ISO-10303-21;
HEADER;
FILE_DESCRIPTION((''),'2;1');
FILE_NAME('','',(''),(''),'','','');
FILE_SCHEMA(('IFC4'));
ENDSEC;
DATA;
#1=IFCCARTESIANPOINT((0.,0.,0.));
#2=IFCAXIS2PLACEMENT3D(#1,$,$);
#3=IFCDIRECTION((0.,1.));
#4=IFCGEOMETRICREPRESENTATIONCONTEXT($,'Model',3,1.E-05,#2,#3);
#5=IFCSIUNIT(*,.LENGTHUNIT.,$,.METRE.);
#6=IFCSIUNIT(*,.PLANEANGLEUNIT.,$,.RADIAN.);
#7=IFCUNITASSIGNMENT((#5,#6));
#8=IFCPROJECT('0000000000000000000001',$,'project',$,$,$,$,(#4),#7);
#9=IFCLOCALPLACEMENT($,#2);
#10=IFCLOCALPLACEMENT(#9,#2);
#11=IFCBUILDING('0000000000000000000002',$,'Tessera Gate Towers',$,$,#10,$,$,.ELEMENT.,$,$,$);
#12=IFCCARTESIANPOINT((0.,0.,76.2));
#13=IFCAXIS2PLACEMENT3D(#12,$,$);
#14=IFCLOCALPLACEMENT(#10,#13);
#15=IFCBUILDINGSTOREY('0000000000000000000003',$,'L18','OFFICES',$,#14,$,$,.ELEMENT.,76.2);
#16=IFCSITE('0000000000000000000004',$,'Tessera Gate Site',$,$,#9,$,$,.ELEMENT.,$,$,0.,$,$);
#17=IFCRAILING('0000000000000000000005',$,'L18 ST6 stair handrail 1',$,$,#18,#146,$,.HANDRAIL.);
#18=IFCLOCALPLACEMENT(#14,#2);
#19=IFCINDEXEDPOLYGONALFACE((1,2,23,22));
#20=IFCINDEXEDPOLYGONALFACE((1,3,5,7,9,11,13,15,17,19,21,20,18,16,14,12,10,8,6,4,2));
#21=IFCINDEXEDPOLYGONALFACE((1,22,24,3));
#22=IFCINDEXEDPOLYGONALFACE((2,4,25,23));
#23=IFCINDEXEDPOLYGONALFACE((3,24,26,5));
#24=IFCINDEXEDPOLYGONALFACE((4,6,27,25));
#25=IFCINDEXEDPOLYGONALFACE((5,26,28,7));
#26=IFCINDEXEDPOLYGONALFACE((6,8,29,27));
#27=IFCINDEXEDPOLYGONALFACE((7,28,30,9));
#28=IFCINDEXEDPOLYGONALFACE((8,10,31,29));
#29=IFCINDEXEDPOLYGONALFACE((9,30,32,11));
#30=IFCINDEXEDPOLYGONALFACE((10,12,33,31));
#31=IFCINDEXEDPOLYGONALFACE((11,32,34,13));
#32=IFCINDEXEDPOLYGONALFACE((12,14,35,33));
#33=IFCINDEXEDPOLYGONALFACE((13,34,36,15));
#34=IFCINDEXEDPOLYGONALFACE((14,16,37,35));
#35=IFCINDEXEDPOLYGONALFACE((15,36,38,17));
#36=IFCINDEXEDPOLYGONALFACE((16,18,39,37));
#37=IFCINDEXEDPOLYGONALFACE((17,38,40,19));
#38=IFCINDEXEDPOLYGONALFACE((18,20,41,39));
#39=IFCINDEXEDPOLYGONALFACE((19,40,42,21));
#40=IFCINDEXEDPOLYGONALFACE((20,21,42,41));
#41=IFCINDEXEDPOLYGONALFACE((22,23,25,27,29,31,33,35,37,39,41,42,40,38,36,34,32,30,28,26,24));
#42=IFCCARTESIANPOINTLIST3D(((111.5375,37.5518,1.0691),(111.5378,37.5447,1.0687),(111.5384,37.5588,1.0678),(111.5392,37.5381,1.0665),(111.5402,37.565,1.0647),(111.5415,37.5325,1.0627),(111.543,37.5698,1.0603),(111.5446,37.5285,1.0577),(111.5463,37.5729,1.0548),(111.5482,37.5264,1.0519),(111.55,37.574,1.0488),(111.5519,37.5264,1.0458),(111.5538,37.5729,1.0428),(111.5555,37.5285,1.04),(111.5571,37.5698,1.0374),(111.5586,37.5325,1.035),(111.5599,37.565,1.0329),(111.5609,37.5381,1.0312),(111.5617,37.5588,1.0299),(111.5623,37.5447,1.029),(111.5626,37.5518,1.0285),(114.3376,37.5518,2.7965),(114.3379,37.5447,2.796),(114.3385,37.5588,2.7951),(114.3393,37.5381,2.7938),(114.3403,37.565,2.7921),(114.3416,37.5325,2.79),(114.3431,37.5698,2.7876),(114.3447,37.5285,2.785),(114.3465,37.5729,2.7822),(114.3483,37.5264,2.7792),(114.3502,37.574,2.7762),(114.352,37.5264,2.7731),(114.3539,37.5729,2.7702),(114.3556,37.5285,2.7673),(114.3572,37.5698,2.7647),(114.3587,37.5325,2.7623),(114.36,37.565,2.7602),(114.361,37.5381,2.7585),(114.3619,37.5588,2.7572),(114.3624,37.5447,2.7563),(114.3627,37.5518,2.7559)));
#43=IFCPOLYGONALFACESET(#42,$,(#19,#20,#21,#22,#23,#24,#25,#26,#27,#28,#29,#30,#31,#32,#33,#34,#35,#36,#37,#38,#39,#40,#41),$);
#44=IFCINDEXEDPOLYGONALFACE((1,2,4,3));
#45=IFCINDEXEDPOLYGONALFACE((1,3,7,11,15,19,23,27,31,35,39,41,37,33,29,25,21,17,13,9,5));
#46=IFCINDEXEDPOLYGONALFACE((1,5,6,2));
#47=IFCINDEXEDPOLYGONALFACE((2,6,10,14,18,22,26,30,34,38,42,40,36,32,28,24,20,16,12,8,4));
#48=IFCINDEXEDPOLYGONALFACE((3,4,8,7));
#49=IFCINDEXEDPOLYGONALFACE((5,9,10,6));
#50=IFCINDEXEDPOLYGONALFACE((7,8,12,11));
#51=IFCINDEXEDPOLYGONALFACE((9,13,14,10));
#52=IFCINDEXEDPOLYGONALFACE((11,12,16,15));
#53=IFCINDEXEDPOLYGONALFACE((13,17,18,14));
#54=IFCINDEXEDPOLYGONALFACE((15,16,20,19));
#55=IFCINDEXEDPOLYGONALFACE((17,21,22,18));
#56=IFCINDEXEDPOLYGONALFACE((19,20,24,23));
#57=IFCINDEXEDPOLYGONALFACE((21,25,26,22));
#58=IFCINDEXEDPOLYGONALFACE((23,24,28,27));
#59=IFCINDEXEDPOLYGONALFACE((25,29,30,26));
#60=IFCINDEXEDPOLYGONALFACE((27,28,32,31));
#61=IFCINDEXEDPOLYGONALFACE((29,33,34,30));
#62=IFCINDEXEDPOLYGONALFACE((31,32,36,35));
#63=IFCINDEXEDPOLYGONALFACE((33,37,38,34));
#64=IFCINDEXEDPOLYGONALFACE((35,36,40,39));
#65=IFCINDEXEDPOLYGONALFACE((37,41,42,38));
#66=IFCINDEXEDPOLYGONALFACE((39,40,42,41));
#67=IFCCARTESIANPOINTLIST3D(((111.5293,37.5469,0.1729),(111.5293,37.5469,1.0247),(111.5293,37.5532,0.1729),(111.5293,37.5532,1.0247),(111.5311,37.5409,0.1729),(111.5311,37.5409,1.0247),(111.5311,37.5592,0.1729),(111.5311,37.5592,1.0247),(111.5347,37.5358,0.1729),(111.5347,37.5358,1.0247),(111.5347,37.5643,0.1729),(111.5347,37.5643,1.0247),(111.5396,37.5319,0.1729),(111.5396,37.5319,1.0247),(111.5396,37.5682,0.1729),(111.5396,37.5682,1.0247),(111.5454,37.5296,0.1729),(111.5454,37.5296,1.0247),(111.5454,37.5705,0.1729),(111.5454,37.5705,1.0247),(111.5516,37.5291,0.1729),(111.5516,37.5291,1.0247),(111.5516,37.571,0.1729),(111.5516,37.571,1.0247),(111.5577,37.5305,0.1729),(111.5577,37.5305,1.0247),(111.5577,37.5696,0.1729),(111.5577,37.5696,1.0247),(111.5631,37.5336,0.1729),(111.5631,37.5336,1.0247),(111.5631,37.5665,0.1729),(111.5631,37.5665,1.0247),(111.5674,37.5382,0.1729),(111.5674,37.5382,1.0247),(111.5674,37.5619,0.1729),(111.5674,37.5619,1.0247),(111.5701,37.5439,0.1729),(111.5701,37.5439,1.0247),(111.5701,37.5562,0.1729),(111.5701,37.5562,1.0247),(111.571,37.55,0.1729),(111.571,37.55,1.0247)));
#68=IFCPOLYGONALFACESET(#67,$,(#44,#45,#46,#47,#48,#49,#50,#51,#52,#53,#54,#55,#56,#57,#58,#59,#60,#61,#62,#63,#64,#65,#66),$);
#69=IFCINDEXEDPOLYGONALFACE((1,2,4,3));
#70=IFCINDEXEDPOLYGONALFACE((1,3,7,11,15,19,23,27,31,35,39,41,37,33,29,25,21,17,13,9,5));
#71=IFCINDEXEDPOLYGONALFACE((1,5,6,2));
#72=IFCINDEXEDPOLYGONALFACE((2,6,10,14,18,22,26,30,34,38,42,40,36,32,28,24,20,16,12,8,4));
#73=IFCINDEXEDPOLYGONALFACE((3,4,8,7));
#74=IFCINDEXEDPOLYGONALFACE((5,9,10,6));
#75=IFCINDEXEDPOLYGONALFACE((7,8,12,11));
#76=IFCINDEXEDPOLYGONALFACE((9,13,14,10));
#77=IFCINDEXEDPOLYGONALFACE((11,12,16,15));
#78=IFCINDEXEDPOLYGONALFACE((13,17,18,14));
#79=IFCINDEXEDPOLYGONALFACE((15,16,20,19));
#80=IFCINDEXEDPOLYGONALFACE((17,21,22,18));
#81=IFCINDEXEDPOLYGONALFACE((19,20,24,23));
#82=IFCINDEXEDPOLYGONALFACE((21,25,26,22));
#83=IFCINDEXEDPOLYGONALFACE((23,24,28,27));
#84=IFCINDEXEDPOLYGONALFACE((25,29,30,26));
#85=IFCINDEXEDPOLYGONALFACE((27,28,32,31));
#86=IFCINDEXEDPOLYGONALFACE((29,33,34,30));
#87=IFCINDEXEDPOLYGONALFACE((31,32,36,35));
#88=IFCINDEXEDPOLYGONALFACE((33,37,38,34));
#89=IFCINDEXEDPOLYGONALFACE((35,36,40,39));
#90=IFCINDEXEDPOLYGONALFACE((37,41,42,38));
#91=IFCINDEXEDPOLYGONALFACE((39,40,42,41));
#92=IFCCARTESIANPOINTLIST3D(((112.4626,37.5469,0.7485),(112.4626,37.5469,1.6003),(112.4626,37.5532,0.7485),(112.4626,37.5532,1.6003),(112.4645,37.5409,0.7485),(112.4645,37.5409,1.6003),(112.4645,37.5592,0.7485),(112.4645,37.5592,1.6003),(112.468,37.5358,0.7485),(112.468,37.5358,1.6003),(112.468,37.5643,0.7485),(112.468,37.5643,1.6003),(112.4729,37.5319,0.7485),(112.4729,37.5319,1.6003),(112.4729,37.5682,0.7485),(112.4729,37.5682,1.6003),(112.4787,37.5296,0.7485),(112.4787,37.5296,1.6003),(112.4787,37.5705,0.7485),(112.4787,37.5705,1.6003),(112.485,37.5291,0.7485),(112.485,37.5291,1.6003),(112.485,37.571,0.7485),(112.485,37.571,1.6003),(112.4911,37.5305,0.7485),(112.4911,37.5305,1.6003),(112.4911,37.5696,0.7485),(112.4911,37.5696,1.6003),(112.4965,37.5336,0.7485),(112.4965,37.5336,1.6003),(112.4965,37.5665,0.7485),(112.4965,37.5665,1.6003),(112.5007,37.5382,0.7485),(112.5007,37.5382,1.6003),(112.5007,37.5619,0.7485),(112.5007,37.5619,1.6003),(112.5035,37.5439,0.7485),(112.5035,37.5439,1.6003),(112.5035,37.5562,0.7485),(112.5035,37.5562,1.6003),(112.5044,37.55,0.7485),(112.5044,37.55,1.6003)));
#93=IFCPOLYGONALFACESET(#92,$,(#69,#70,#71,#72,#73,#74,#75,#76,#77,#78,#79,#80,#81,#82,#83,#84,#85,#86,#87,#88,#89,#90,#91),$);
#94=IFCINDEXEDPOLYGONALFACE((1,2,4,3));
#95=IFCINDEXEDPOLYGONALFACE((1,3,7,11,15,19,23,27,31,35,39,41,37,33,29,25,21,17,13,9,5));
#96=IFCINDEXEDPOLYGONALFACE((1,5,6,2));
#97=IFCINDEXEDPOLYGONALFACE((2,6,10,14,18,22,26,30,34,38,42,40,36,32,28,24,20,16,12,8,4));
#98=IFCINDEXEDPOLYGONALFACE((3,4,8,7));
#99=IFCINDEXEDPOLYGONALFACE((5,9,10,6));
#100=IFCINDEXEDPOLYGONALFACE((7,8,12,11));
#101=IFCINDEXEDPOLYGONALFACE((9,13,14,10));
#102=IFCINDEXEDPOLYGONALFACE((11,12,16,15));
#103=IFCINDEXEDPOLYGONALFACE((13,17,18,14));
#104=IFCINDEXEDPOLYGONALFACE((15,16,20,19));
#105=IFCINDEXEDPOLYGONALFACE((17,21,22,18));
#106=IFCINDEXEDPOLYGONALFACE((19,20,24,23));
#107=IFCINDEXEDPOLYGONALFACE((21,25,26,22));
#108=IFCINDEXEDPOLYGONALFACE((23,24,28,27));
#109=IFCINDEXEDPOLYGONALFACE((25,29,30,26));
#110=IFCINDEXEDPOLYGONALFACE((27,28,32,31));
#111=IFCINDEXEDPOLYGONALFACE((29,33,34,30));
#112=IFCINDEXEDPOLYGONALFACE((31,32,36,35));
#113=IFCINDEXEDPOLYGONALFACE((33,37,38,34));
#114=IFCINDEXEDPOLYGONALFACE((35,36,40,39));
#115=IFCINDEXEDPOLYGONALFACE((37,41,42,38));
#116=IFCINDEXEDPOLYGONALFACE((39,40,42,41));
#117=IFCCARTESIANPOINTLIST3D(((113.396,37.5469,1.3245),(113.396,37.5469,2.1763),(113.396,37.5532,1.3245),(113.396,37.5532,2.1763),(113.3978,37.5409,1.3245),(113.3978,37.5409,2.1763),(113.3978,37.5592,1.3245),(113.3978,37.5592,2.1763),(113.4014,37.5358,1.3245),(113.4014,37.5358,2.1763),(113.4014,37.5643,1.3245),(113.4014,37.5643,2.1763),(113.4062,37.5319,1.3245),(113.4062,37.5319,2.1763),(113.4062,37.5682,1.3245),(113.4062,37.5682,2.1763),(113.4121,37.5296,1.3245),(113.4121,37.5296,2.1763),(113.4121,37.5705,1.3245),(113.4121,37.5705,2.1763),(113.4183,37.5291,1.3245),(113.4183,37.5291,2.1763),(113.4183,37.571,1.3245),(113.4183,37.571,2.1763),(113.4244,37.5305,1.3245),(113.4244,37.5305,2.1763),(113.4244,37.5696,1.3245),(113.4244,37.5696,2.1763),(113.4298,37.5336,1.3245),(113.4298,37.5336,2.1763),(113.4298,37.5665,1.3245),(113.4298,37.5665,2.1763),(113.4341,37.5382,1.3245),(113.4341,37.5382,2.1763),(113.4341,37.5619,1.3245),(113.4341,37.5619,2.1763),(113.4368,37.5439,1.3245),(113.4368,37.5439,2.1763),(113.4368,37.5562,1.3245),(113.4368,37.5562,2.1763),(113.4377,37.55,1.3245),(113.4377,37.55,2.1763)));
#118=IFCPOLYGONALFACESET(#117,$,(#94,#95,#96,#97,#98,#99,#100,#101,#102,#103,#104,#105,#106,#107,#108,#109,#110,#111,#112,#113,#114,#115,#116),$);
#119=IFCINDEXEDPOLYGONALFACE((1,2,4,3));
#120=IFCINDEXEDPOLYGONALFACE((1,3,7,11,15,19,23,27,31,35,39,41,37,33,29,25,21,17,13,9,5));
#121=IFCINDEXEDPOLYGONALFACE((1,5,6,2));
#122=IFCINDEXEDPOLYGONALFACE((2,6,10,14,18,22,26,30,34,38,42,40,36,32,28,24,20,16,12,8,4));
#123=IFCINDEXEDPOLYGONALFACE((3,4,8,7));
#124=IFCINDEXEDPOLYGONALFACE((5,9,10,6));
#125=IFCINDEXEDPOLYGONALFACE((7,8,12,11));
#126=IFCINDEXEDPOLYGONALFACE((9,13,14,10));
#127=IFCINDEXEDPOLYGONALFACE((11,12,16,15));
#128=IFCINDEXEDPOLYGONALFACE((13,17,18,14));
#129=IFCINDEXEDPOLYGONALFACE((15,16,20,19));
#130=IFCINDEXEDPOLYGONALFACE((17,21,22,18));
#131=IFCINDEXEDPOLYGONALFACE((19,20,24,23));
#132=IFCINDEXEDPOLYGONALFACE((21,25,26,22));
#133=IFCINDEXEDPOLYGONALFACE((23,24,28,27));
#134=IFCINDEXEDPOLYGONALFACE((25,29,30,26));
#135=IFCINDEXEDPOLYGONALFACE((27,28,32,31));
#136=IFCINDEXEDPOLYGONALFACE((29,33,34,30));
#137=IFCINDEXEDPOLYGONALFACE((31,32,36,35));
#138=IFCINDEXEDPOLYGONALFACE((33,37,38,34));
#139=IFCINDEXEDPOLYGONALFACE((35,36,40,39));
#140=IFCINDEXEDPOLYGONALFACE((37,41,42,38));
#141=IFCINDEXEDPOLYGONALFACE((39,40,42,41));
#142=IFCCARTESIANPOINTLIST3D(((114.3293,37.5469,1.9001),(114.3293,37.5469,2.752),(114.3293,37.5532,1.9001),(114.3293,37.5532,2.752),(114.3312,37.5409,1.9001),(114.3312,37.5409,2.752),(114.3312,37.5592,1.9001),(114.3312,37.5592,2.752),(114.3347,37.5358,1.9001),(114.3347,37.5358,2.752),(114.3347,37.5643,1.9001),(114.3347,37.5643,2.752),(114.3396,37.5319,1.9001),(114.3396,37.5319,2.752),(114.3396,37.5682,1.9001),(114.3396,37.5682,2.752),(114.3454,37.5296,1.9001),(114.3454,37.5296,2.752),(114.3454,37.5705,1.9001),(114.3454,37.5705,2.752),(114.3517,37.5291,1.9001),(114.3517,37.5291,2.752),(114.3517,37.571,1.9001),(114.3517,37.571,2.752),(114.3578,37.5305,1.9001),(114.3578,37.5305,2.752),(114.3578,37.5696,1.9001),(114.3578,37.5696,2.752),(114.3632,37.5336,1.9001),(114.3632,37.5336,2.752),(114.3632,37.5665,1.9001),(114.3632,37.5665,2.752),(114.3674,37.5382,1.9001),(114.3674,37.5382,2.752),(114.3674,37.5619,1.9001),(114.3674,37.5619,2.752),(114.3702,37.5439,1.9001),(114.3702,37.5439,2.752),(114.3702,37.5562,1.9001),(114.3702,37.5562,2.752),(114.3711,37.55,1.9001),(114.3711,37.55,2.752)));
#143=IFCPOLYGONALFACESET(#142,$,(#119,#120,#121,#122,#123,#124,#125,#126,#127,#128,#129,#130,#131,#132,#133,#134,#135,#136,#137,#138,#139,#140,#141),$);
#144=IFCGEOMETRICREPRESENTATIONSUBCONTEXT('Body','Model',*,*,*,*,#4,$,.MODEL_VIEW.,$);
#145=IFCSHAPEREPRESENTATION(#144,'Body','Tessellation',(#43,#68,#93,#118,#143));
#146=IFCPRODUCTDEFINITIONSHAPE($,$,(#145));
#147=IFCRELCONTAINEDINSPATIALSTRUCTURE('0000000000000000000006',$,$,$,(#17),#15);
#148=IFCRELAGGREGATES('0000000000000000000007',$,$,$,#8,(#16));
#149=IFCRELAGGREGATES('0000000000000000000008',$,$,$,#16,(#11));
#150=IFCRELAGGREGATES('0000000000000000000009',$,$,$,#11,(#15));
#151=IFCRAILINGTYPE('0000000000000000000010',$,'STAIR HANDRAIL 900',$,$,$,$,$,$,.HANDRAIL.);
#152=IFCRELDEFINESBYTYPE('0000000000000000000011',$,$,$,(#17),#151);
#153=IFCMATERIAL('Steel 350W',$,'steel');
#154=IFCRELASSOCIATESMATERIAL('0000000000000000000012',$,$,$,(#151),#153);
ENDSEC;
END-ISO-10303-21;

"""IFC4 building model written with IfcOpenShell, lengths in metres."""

from ifc_helpers import new_model, si_unit, direction, frame, origin, origin_2d, place, context, subcontext, project, spatial, circle, extrude, material, type_object, element, save


model = new_model("IFC4")

# Units and contexts
model_context = context("Model", 3, precision=1e-05, world=origin(), true_north=direction((0.0, 1.0)))
body_context = subcontext(model_context, "Body", "Model", "MODEL_VIEW")
ifc_project = project(units=[si_unit("LENGTHUNIT", "METRE"), si_unit("PLANEANGLEUNIT", "RADIAN")], contexts=[model_context])

# Site, building, storey
site_placement = place(None, origin())
site = spatial("IfcSite", under=ifc_project, at=site_placement, Name="Tessera Gate Site", CompositionType="ELEMENT", RefElevation=0.0)
building_placement = place(site_placement, origin())
building = spatial("IfcBuilding", under=site, at=building_placement, Name="Tessera Gate Towers", CompositionType="ELEMENT")
storey_placement = place(building_placement, frame((0.0, 0.0, 76.2)))
storey = spatial("IfcBuildingStorey", under=building, at=storey_placement, Name="L18", Description="OFFICES", CompositionType="ELEMENT", Elevation=76.2)

# Railing
ifc_material_1 = material(Name="Steel 350W", Category="steel")
railing_type_1 = type_object("IfcRailingType", Name="STAIR HANDRAIL 900", PredefinedType="HANDRAIL", material=ifc_material_1)
railing_1_placement = place(storey_placement, frame((111.55, 37.55, 0.1729)))
element("IfcRailing", 1, at=railing_1_placement, inside=storey, type_object=railing_type_1, Name="L18 ST6 stair handrail 1", PredefinedType="HANDRAIL", context=body_context, shape_type="SweptSolid", body=[
    extrude(circle(Radius=0.0239, at=origin_2d()), frame((0.0, 0.0, 0.876), z_axis=(0.85109, 0.0, 0.52502), x_axis=(0.0, 1.0, 0.0)), (0.0, 0.0, 1.0), 3.29),
    extrude(circle(Radius=0.021, at=origin_2d()), origin(), (0.0, 0.0, 1.0), 0.8518),
    extrude(circle(Radius=0.021, at=origin_2d()), frame((0.9333, 0.0, 0.5757)), (0.0, 0.0, 1.0), 0.8518),
    extrude(circle(Radius=0.021, at=origin_2d()), frame((1.8667, 0.0, 1.1516)), (0.0, 0.0, 1.0), 0.8518),
    extrude(circle(Radius=0.021, at=origin_2d()), frame((2.8, 0.0, 1.7273)), (0.0, 0.0, 1.0), 0.8518),
])

save(model, "model.ifc")
